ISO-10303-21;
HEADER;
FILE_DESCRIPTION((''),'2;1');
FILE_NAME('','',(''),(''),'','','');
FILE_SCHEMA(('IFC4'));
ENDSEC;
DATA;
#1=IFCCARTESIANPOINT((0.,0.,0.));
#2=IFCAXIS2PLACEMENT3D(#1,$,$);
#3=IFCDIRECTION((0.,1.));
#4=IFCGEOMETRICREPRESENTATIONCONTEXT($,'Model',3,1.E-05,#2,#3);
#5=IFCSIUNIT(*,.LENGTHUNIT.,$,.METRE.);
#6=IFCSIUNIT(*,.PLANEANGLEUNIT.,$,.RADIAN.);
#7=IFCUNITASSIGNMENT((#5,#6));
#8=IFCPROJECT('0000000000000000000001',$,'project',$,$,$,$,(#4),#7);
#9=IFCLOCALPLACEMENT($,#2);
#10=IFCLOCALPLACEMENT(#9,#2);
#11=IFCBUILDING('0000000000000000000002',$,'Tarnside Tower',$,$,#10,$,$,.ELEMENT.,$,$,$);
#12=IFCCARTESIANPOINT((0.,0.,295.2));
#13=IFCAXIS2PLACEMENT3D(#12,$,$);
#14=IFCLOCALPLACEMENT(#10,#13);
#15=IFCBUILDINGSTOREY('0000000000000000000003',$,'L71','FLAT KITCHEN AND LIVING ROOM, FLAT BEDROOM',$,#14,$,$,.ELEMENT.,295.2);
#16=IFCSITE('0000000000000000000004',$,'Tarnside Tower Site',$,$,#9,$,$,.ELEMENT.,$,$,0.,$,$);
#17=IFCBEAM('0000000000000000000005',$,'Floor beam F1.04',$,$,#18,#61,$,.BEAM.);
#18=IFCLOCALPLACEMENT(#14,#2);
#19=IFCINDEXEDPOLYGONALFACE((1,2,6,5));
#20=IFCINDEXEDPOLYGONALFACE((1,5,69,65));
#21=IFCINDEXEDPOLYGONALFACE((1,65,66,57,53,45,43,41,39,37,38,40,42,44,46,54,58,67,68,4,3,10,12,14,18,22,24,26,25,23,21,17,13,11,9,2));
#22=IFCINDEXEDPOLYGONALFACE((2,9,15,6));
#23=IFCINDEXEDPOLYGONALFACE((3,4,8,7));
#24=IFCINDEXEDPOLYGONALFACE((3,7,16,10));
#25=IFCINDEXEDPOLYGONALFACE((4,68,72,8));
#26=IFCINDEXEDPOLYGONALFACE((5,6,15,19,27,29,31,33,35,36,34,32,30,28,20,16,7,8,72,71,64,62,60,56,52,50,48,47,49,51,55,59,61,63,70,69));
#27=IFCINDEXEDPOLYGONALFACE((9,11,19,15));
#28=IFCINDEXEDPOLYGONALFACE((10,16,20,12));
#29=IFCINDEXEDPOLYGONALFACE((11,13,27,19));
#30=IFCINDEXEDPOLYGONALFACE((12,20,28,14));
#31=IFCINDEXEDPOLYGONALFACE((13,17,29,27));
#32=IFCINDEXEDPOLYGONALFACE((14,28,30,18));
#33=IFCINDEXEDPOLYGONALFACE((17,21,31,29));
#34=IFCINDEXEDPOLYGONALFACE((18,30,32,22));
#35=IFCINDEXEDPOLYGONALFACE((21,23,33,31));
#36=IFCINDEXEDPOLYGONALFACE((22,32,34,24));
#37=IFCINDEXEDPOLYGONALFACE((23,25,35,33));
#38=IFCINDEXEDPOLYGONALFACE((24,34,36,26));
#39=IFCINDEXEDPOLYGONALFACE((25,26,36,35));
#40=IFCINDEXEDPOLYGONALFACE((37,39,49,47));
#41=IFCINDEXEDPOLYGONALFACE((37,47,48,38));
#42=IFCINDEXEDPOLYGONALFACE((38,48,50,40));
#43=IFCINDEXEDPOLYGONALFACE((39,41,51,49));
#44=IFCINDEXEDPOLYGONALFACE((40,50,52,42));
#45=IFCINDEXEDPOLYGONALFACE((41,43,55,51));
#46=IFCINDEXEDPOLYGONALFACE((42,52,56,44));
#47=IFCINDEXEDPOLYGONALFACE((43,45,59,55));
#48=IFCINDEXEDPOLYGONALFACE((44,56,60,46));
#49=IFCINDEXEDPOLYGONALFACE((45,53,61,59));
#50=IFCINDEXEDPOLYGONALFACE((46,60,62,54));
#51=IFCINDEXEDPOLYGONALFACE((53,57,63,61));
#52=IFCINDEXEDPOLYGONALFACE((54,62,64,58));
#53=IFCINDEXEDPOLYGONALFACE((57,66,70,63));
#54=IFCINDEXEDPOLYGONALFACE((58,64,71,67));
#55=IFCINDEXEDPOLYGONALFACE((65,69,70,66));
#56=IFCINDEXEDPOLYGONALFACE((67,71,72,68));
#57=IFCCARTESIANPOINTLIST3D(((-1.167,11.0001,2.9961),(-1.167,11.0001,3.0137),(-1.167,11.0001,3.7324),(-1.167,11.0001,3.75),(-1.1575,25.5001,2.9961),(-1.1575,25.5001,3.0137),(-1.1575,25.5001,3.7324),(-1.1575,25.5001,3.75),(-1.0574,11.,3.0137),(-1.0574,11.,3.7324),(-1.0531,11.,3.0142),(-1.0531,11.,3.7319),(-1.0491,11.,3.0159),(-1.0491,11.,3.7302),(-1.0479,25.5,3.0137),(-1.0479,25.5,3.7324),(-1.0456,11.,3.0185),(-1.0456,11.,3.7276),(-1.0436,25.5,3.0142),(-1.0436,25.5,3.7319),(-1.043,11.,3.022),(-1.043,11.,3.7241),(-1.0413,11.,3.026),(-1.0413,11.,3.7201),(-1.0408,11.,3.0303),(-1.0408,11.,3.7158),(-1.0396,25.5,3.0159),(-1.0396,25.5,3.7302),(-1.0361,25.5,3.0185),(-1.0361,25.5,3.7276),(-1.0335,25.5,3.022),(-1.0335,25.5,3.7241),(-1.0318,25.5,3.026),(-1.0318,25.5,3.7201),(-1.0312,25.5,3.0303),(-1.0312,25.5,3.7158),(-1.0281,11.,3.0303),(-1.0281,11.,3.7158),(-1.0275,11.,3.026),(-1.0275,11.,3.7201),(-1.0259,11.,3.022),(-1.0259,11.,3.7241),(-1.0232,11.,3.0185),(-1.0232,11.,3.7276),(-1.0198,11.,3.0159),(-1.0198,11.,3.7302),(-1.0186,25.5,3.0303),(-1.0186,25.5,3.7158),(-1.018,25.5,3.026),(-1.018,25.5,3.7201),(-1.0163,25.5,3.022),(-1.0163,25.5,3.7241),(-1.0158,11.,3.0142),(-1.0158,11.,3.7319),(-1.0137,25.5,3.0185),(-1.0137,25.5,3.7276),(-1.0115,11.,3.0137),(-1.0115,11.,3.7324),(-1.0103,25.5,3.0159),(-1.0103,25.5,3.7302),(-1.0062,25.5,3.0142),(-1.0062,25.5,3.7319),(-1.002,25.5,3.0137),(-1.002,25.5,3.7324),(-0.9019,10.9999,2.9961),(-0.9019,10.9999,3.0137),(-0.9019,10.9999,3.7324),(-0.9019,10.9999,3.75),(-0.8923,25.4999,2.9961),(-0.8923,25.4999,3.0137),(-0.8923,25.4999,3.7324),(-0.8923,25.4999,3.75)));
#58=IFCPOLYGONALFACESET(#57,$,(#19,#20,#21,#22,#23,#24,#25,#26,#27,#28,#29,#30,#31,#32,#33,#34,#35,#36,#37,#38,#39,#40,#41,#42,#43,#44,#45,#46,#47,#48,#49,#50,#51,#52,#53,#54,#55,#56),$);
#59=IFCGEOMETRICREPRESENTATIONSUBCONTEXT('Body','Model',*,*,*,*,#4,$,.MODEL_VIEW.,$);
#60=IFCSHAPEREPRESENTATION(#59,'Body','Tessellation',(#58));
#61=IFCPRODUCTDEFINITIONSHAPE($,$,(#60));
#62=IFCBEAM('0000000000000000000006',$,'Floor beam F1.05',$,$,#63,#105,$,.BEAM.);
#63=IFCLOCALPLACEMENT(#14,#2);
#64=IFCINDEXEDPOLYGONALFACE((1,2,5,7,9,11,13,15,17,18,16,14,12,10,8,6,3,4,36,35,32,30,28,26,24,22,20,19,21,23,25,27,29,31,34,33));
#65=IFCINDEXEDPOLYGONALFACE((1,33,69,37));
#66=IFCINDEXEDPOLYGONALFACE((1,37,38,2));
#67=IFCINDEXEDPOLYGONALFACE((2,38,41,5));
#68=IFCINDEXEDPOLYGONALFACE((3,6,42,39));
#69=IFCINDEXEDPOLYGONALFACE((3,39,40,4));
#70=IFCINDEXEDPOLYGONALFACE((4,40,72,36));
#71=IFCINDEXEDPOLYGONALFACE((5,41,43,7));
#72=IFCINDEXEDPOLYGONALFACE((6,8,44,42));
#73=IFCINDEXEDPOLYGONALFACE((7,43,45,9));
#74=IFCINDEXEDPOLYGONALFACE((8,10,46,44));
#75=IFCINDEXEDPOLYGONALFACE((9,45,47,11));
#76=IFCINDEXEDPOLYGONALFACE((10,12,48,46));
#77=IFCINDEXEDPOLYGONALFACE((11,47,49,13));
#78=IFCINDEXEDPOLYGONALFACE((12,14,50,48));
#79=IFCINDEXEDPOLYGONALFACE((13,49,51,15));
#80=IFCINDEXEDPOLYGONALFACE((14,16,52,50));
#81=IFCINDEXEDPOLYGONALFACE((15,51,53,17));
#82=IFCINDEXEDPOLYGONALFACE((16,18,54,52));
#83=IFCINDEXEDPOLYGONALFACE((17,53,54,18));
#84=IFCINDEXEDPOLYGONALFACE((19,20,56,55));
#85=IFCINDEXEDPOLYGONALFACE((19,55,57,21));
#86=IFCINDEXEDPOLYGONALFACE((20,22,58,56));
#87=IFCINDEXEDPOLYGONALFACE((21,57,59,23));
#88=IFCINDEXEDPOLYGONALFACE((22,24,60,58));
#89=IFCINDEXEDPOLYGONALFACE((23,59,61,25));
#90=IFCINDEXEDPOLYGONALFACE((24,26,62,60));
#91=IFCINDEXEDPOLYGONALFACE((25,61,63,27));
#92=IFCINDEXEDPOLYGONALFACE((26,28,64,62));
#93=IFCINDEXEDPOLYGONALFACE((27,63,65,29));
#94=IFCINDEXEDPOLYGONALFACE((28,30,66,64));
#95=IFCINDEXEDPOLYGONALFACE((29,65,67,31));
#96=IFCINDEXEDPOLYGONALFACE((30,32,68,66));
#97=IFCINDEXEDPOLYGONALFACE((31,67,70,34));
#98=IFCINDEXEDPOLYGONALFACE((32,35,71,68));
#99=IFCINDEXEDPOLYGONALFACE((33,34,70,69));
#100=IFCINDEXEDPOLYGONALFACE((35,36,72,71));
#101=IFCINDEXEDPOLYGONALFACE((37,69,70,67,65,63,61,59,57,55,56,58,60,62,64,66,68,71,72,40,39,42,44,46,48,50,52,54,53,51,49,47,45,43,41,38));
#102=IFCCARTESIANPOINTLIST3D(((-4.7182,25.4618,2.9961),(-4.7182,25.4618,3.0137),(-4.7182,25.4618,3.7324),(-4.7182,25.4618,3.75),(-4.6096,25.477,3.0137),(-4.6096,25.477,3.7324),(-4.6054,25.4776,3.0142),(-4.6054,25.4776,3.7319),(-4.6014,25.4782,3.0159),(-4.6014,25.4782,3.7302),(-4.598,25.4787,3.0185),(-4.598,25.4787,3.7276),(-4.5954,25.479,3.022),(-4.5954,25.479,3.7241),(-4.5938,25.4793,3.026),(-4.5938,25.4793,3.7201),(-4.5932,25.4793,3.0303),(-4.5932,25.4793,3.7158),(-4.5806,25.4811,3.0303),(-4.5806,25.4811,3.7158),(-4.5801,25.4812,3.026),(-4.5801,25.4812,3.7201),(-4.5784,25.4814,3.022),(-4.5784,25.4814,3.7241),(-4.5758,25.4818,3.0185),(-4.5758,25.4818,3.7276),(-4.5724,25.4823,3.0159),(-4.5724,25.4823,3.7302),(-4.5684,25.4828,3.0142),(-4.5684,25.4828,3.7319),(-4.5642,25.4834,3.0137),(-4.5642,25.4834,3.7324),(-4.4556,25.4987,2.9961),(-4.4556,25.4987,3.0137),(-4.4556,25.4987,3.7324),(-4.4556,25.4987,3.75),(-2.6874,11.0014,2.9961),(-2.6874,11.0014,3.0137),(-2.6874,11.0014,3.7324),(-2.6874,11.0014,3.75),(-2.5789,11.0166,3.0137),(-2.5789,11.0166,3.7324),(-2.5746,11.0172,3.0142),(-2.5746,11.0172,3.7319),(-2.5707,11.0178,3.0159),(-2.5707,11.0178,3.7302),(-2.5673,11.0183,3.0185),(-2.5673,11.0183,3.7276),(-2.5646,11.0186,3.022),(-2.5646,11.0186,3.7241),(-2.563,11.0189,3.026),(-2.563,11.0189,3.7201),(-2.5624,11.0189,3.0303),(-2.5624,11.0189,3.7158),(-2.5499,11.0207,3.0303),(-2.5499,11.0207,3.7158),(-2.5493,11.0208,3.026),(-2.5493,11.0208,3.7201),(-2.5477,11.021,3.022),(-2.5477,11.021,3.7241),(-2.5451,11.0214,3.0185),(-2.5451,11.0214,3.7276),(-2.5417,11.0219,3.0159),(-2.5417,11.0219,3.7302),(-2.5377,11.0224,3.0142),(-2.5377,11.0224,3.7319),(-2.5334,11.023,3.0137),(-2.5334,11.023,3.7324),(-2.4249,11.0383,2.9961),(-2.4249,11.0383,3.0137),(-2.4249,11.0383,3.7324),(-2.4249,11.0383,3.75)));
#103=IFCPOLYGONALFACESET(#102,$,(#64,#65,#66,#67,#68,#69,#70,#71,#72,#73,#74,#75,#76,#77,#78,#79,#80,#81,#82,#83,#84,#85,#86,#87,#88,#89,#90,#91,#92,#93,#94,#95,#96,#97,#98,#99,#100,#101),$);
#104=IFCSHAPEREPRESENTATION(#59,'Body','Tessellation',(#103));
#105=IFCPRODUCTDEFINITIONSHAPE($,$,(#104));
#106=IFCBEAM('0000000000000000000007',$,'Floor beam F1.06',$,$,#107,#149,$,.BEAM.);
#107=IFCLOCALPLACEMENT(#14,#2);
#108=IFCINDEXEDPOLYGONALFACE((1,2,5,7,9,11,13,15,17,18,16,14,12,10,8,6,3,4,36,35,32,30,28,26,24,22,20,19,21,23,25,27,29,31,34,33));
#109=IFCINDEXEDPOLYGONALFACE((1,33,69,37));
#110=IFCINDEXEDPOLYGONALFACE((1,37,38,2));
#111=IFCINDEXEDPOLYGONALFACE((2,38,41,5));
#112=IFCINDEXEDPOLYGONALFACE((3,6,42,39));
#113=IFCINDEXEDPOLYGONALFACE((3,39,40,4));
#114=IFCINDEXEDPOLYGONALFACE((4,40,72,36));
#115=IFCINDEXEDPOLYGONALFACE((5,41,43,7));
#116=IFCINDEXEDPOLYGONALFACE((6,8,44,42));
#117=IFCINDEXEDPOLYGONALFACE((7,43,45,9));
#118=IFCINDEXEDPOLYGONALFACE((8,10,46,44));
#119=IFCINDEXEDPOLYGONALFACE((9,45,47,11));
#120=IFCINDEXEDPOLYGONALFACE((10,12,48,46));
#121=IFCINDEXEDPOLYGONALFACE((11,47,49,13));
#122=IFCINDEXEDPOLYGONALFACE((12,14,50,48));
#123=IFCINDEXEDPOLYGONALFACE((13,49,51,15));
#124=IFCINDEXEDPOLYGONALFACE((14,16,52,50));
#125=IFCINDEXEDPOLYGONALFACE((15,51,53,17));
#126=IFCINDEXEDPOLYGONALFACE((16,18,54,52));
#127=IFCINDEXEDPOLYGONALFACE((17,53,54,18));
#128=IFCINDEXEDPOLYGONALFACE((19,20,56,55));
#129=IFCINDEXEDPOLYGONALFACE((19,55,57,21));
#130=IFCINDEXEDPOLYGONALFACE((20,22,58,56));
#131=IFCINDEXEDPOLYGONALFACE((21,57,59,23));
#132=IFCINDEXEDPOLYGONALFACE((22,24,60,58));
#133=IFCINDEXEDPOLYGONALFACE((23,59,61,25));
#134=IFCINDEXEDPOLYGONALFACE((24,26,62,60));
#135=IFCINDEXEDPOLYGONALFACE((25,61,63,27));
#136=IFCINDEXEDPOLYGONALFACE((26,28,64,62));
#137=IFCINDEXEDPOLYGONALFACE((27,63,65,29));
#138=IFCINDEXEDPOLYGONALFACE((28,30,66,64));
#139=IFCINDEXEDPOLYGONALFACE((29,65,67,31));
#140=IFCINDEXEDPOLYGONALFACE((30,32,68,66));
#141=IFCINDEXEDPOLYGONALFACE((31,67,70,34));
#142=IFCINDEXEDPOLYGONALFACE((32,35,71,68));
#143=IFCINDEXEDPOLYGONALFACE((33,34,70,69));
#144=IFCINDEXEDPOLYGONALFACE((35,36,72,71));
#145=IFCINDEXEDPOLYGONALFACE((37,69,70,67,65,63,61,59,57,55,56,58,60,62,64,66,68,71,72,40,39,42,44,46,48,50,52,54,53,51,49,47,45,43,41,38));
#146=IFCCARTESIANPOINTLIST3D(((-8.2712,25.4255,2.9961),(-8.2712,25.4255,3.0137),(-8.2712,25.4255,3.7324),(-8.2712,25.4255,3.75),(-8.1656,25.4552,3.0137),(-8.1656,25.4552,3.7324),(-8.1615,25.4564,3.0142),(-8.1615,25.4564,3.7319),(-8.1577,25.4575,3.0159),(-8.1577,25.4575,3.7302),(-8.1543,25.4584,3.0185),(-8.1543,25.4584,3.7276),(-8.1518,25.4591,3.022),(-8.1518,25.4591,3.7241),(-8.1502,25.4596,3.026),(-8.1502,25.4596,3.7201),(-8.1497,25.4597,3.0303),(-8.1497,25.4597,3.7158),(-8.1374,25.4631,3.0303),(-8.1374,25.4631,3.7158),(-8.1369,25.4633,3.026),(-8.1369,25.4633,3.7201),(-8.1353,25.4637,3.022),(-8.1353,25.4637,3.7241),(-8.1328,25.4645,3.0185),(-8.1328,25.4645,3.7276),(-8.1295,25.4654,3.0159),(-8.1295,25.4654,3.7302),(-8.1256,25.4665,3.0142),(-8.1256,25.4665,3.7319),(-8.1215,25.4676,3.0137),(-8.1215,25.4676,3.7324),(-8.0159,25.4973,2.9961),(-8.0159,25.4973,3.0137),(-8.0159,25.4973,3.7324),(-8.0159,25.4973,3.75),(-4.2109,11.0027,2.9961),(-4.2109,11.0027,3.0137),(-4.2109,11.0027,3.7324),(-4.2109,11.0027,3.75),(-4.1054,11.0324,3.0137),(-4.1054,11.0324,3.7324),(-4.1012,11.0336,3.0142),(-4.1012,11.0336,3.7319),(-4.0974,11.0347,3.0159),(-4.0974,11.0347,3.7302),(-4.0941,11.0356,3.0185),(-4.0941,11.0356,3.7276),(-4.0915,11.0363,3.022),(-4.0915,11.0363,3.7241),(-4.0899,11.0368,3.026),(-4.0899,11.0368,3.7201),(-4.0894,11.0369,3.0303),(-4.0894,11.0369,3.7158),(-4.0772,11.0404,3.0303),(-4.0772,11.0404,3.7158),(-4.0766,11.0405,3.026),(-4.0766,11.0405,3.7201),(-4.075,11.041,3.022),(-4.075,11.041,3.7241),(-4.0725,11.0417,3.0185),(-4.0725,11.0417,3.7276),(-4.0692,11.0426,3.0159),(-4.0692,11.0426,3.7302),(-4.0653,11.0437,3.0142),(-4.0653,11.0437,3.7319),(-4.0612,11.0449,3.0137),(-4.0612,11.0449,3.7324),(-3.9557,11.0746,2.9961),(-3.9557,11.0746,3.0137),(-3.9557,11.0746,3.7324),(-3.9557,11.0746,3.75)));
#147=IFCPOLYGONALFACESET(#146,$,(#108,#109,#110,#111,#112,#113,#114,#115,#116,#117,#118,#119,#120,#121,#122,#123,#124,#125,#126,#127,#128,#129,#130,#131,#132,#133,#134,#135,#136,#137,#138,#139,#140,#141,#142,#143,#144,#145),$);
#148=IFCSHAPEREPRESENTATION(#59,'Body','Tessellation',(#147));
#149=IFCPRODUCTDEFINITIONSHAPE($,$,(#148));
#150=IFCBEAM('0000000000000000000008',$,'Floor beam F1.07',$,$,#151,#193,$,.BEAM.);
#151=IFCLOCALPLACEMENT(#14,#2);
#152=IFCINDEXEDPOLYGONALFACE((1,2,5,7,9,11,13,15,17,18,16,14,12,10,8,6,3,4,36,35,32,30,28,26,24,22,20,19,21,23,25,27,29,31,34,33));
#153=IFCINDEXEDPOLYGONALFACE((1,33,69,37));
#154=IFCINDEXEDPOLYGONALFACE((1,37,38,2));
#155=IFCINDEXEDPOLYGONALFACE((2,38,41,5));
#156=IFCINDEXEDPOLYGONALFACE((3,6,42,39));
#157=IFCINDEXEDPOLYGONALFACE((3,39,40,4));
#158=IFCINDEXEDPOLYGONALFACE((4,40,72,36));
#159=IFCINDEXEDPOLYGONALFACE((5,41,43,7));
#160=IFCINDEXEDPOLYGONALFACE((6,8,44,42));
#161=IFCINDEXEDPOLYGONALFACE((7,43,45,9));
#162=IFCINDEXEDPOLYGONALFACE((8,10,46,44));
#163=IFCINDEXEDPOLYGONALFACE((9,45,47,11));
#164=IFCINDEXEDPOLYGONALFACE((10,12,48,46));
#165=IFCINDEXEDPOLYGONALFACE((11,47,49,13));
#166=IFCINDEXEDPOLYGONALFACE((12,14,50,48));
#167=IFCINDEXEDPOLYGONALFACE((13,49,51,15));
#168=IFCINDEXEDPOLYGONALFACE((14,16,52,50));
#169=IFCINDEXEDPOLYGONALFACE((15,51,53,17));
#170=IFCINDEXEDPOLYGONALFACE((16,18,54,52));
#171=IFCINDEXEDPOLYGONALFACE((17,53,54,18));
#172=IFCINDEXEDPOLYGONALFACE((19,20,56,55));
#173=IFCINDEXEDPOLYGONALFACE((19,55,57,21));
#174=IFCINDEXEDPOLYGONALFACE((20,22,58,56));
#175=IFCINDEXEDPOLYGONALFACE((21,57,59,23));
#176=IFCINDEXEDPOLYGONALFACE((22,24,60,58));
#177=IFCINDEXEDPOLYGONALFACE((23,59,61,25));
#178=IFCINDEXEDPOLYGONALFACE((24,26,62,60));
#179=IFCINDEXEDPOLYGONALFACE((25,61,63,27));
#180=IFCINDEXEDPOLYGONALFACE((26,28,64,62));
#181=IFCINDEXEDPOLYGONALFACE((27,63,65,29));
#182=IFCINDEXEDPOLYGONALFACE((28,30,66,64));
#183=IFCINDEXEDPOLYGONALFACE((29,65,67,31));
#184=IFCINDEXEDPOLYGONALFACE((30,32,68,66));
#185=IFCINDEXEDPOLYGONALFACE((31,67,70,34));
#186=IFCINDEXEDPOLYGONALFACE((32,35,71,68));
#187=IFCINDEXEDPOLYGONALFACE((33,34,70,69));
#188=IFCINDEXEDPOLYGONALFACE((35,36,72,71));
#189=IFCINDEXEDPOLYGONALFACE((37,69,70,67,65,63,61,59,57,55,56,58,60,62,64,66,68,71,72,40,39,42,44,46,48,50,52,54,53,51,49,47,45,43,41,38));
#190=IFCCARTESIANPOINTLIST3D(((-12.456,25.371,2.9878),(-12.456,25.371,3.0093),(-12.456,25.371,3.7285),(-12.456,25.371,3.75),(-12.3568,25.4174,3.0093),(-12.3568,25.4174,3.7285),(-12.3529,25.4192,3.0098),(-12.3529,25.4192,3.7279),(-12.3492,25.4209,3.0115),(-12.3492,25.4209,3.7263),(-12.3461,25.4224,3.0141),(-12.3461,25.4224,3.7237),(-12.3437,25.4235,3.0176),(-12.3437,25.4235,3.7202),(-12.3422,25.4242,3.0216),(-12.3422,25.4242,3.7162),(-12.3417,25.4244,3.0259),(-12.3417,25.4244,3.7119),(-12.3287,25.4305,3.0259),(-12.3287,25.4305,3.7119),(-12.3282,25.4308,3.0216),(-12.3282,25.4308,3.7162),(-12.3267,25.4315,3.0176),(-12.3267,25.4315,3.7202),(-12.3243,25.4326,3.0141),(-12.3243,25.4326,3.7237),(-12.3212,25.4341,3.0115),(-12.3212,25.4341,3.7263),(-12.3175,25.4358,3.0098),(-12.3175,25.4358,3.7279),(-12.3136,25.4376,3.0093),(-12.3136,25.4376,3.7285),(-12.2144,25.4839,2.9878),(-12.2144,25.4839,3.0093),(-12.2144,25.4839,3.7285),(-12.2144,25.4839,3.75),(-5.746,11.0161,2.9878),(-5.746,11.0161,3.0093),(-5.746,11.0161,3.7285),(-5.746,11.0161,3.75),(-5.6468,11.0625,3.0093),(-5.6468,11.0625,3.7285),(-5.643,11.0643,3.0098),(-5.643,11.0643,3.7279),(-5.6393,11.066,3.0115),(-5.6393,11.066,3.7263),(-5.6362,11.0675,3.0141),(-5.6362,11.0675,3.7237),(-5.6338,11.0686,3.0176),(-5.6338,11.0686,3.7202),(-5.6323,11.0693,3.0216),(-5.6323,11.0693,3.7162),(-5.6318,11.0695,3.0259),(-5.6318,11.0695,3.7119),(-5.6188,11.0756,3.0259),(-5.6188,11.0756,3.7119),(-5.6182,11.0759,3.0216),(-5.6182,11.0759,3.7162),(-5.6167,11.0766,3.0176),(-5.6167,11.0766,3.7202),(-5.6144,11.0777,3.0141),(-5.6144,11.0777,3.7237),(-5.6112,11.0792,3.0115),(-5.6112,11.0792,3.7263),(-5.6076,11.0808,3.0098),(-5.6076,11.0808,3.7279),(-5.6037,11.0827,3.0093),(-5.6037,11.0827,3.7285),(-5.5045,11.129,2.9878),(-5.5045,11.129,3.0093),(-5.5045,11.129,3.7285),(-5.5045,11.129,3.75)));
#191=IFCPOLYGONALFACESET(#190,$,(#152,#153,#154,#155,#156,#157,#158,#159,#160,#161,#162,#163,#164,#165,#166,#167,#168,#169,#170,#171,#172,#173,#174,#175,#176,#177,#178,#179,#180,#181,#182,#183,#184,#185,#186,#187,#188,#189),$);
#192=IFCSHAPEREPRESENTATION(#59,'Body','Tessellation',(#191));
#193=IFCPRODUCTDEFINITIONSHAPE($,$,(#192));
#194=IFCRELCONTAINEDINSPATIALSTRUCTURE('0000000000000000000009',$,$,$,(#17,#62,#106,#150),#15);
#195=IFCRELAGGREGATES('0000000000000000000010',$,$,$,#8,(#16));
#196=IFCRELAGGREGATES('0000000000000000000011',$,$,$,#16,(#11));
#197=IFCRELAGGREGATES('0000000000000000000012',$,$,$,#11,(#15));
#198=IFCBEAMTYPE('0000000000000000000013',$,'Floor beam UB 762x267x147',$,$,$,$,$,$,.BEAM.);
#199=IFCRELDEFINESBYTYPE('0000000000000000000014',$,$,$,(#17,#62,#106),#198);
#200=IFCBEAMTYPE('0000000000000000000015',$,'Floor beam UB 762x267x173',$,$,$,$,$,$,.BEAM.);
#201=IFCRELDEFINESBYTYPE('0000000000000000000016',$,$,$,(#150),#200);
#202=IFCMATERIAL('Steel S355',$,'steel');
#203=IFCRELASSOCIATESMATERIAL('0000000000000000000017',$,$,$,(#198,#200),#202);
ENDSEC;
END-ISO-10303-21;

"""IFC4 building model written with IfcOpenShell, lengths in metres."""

from ifc_helpers import new_model, si_unit, direction, frame, origin, origin_2d, place, context, subcontext, project, spatial, i_section, extrude, material, material_profile, profile_set, type_object, element, save


model = new_model("IFC4")

# Units and contexts
model_context = context("Model", 3, precision=1e-05, world=origin(), true_north=direction((0.0, 1.0)))
body_context = subcontext(model_context, "Body", "Model", "MODEL_VIEW")
ifc_project = project(units=[si_unit("LENGTHUNIT", "METRE"), si_unit("PLANEANGLEUNIT", "RADIAN")], contexts=[model_context])

# Site, building, storey
site_placement = place(None, origin())
site = spatial("IfcSite", under=ifc_project, at=site_placement, Name="Tarnside Tower Site", CompositionType="ELEMENT", RefElevation=0.0)
building_placement = place(site_placement, origin())
building = spatial("IfcBuilding", under=site, at=building_placement, Name="Tarnside Tower", CompositionType="ELEMENT")
storey_placement = place(building_placement, frame((0.0, 0.0, 295.2)))
storey = spatial("IfcBuildingStorey", under=building, at=storey_placement, Name="L71", Description="FLAT KITCHEN AND LIVING ROOM, FLAT BEDROOM", CompositionType="ELEMENT", Elevation=295.2)

# Beams
ifc_material_1 = material(Name="Steel S355", Category="steel")
ifc_material_profile_1 = material_profile(ifc_material_1, i_section(OverallWidth=0.2651, OverallDepth=0.7539, WebThickness=0.0127, FlangeThickness=0.0176, FilletRadius=0.0166, at=origin_2d()), Name="UB 762x267x147")
ifc_profile_set_1 = profile_set([ifc_material_profile_1], Name="Steel S355")
beam_type_1 = type_object("IfcBeamType", Name="Floor beam UB 762x267x147", PredefinedType="BEAM", material=ifc_profile_set_1)
beam_1_placement = place(storey_placement, frame((-1.0249, 25.5, 3.373), z_axis=(-0.000657, -1.0, 0.0), x_axis=(1.0, -0.000657, 0.0)))
element("IfcBeam", 1, at=beam_1_placement, inside=storey, type_object=beam_type_1, Name="Floor beam F1.04", PredefinedType="BEAM", context=body_context, shape_type="SweptSolid", body=[
    extrude(i_section(OverallWidth=0.2651, OverallDepth=0.7539, WebThickness=0.0127, FlangeThickness=0.0176, FilletRadius=0.0166, at=origin_2d()), origin(), (0.0, 0.0, 1.0), 14.5),
])
beam_2_placement = place(storey_placement, frame((-4.5869, 25.4802, 3.373), z_axis=(0.139071, -0.990282, 0.0), x_axis=(0.990282, 0.139071, 0.0)))
element("IfcBeam", 2, at=beam_2_placement, inside=storey, type_object=beam_type_1, Name="Floor beam F1.05", PredefinedType="BEAM", context=body_context, shape_type="SweptSolid", body=[
    extrude(i_section(OverallWidth=0.2651, OverallDepth=0.7539, WebThickness=0.0127, FlangeThickness=0.0176, FilletRadius=0.0166, at=origin_2d()), origin(), (0.0, 0.0, 1.0), 14.6023),
])
beam_3_placement = place(storey_placement, frame((-8.1436, 25.4614, 3.373), z_axis=(0.270985, -0.962583, 0.0), x_axis=(0.962583, 0.270985, 0.0)))
element("IfcBeam", 3, at=beam_3_placement, inside=storey, type_object=beam_type_1, Name="Floor beam F1.06", PredefinedType="BEAM", context=body_context, shape_type="SweptSolid", body=[
    extrude(i_section(OverallWidth=0.2651, OverallDepth=0.7539, WebThickness=0.0127, FlangeThickness=0.0176, FilletRadius=0.0166, at=origin_2d()), origin(), (0.0, 0.0, 1.0), 14.9834),
])
ifc_material_profile_2 = material_profile(ifc_material_1, i_section(OverallWidth=0.2666, OverallDepth=0.7622, WebThickness=0.0144, FlangeThickness=0.0215, FilletRadius=0.0166, at=origin_2d()), Name="UB 762x267x173")
ifc_profile_set_2 = profile_set([ifc_material_profile_2], Name="Steel S355")
beam_type_2 = type_object("IfcBeamType", Name="Floor beam UB 762x267x173", PredefinedType="BEAM", material=ifc_profile_set_2)
beam_4_placement = place(storey_placement, frame((-12.3352, 25.4275, 3.3689), z_axis=(0.423454, -0.905918, 0.0), x_axis=(0.905918, 0.423454, 0.0)))
element("IfcBeam", 4, at=beam_4_placement, inside=storey, type_object=beam_type_2, Name="Floor beam F1.07", PredefinedType="BEAM", context=body_context, shape_type="SweptSolid", body=[
    extrude(i_section(OverallWidth=0.2666, OverallDepth=0.7622, WebThickness=0.0144, FlangeThickness=0.0215, FilletRadius=0.0166, at=origin_2d()), origin(), (0.0, 0.0, 1.0), 15.8457),
])

save(model, "model.ifc")
